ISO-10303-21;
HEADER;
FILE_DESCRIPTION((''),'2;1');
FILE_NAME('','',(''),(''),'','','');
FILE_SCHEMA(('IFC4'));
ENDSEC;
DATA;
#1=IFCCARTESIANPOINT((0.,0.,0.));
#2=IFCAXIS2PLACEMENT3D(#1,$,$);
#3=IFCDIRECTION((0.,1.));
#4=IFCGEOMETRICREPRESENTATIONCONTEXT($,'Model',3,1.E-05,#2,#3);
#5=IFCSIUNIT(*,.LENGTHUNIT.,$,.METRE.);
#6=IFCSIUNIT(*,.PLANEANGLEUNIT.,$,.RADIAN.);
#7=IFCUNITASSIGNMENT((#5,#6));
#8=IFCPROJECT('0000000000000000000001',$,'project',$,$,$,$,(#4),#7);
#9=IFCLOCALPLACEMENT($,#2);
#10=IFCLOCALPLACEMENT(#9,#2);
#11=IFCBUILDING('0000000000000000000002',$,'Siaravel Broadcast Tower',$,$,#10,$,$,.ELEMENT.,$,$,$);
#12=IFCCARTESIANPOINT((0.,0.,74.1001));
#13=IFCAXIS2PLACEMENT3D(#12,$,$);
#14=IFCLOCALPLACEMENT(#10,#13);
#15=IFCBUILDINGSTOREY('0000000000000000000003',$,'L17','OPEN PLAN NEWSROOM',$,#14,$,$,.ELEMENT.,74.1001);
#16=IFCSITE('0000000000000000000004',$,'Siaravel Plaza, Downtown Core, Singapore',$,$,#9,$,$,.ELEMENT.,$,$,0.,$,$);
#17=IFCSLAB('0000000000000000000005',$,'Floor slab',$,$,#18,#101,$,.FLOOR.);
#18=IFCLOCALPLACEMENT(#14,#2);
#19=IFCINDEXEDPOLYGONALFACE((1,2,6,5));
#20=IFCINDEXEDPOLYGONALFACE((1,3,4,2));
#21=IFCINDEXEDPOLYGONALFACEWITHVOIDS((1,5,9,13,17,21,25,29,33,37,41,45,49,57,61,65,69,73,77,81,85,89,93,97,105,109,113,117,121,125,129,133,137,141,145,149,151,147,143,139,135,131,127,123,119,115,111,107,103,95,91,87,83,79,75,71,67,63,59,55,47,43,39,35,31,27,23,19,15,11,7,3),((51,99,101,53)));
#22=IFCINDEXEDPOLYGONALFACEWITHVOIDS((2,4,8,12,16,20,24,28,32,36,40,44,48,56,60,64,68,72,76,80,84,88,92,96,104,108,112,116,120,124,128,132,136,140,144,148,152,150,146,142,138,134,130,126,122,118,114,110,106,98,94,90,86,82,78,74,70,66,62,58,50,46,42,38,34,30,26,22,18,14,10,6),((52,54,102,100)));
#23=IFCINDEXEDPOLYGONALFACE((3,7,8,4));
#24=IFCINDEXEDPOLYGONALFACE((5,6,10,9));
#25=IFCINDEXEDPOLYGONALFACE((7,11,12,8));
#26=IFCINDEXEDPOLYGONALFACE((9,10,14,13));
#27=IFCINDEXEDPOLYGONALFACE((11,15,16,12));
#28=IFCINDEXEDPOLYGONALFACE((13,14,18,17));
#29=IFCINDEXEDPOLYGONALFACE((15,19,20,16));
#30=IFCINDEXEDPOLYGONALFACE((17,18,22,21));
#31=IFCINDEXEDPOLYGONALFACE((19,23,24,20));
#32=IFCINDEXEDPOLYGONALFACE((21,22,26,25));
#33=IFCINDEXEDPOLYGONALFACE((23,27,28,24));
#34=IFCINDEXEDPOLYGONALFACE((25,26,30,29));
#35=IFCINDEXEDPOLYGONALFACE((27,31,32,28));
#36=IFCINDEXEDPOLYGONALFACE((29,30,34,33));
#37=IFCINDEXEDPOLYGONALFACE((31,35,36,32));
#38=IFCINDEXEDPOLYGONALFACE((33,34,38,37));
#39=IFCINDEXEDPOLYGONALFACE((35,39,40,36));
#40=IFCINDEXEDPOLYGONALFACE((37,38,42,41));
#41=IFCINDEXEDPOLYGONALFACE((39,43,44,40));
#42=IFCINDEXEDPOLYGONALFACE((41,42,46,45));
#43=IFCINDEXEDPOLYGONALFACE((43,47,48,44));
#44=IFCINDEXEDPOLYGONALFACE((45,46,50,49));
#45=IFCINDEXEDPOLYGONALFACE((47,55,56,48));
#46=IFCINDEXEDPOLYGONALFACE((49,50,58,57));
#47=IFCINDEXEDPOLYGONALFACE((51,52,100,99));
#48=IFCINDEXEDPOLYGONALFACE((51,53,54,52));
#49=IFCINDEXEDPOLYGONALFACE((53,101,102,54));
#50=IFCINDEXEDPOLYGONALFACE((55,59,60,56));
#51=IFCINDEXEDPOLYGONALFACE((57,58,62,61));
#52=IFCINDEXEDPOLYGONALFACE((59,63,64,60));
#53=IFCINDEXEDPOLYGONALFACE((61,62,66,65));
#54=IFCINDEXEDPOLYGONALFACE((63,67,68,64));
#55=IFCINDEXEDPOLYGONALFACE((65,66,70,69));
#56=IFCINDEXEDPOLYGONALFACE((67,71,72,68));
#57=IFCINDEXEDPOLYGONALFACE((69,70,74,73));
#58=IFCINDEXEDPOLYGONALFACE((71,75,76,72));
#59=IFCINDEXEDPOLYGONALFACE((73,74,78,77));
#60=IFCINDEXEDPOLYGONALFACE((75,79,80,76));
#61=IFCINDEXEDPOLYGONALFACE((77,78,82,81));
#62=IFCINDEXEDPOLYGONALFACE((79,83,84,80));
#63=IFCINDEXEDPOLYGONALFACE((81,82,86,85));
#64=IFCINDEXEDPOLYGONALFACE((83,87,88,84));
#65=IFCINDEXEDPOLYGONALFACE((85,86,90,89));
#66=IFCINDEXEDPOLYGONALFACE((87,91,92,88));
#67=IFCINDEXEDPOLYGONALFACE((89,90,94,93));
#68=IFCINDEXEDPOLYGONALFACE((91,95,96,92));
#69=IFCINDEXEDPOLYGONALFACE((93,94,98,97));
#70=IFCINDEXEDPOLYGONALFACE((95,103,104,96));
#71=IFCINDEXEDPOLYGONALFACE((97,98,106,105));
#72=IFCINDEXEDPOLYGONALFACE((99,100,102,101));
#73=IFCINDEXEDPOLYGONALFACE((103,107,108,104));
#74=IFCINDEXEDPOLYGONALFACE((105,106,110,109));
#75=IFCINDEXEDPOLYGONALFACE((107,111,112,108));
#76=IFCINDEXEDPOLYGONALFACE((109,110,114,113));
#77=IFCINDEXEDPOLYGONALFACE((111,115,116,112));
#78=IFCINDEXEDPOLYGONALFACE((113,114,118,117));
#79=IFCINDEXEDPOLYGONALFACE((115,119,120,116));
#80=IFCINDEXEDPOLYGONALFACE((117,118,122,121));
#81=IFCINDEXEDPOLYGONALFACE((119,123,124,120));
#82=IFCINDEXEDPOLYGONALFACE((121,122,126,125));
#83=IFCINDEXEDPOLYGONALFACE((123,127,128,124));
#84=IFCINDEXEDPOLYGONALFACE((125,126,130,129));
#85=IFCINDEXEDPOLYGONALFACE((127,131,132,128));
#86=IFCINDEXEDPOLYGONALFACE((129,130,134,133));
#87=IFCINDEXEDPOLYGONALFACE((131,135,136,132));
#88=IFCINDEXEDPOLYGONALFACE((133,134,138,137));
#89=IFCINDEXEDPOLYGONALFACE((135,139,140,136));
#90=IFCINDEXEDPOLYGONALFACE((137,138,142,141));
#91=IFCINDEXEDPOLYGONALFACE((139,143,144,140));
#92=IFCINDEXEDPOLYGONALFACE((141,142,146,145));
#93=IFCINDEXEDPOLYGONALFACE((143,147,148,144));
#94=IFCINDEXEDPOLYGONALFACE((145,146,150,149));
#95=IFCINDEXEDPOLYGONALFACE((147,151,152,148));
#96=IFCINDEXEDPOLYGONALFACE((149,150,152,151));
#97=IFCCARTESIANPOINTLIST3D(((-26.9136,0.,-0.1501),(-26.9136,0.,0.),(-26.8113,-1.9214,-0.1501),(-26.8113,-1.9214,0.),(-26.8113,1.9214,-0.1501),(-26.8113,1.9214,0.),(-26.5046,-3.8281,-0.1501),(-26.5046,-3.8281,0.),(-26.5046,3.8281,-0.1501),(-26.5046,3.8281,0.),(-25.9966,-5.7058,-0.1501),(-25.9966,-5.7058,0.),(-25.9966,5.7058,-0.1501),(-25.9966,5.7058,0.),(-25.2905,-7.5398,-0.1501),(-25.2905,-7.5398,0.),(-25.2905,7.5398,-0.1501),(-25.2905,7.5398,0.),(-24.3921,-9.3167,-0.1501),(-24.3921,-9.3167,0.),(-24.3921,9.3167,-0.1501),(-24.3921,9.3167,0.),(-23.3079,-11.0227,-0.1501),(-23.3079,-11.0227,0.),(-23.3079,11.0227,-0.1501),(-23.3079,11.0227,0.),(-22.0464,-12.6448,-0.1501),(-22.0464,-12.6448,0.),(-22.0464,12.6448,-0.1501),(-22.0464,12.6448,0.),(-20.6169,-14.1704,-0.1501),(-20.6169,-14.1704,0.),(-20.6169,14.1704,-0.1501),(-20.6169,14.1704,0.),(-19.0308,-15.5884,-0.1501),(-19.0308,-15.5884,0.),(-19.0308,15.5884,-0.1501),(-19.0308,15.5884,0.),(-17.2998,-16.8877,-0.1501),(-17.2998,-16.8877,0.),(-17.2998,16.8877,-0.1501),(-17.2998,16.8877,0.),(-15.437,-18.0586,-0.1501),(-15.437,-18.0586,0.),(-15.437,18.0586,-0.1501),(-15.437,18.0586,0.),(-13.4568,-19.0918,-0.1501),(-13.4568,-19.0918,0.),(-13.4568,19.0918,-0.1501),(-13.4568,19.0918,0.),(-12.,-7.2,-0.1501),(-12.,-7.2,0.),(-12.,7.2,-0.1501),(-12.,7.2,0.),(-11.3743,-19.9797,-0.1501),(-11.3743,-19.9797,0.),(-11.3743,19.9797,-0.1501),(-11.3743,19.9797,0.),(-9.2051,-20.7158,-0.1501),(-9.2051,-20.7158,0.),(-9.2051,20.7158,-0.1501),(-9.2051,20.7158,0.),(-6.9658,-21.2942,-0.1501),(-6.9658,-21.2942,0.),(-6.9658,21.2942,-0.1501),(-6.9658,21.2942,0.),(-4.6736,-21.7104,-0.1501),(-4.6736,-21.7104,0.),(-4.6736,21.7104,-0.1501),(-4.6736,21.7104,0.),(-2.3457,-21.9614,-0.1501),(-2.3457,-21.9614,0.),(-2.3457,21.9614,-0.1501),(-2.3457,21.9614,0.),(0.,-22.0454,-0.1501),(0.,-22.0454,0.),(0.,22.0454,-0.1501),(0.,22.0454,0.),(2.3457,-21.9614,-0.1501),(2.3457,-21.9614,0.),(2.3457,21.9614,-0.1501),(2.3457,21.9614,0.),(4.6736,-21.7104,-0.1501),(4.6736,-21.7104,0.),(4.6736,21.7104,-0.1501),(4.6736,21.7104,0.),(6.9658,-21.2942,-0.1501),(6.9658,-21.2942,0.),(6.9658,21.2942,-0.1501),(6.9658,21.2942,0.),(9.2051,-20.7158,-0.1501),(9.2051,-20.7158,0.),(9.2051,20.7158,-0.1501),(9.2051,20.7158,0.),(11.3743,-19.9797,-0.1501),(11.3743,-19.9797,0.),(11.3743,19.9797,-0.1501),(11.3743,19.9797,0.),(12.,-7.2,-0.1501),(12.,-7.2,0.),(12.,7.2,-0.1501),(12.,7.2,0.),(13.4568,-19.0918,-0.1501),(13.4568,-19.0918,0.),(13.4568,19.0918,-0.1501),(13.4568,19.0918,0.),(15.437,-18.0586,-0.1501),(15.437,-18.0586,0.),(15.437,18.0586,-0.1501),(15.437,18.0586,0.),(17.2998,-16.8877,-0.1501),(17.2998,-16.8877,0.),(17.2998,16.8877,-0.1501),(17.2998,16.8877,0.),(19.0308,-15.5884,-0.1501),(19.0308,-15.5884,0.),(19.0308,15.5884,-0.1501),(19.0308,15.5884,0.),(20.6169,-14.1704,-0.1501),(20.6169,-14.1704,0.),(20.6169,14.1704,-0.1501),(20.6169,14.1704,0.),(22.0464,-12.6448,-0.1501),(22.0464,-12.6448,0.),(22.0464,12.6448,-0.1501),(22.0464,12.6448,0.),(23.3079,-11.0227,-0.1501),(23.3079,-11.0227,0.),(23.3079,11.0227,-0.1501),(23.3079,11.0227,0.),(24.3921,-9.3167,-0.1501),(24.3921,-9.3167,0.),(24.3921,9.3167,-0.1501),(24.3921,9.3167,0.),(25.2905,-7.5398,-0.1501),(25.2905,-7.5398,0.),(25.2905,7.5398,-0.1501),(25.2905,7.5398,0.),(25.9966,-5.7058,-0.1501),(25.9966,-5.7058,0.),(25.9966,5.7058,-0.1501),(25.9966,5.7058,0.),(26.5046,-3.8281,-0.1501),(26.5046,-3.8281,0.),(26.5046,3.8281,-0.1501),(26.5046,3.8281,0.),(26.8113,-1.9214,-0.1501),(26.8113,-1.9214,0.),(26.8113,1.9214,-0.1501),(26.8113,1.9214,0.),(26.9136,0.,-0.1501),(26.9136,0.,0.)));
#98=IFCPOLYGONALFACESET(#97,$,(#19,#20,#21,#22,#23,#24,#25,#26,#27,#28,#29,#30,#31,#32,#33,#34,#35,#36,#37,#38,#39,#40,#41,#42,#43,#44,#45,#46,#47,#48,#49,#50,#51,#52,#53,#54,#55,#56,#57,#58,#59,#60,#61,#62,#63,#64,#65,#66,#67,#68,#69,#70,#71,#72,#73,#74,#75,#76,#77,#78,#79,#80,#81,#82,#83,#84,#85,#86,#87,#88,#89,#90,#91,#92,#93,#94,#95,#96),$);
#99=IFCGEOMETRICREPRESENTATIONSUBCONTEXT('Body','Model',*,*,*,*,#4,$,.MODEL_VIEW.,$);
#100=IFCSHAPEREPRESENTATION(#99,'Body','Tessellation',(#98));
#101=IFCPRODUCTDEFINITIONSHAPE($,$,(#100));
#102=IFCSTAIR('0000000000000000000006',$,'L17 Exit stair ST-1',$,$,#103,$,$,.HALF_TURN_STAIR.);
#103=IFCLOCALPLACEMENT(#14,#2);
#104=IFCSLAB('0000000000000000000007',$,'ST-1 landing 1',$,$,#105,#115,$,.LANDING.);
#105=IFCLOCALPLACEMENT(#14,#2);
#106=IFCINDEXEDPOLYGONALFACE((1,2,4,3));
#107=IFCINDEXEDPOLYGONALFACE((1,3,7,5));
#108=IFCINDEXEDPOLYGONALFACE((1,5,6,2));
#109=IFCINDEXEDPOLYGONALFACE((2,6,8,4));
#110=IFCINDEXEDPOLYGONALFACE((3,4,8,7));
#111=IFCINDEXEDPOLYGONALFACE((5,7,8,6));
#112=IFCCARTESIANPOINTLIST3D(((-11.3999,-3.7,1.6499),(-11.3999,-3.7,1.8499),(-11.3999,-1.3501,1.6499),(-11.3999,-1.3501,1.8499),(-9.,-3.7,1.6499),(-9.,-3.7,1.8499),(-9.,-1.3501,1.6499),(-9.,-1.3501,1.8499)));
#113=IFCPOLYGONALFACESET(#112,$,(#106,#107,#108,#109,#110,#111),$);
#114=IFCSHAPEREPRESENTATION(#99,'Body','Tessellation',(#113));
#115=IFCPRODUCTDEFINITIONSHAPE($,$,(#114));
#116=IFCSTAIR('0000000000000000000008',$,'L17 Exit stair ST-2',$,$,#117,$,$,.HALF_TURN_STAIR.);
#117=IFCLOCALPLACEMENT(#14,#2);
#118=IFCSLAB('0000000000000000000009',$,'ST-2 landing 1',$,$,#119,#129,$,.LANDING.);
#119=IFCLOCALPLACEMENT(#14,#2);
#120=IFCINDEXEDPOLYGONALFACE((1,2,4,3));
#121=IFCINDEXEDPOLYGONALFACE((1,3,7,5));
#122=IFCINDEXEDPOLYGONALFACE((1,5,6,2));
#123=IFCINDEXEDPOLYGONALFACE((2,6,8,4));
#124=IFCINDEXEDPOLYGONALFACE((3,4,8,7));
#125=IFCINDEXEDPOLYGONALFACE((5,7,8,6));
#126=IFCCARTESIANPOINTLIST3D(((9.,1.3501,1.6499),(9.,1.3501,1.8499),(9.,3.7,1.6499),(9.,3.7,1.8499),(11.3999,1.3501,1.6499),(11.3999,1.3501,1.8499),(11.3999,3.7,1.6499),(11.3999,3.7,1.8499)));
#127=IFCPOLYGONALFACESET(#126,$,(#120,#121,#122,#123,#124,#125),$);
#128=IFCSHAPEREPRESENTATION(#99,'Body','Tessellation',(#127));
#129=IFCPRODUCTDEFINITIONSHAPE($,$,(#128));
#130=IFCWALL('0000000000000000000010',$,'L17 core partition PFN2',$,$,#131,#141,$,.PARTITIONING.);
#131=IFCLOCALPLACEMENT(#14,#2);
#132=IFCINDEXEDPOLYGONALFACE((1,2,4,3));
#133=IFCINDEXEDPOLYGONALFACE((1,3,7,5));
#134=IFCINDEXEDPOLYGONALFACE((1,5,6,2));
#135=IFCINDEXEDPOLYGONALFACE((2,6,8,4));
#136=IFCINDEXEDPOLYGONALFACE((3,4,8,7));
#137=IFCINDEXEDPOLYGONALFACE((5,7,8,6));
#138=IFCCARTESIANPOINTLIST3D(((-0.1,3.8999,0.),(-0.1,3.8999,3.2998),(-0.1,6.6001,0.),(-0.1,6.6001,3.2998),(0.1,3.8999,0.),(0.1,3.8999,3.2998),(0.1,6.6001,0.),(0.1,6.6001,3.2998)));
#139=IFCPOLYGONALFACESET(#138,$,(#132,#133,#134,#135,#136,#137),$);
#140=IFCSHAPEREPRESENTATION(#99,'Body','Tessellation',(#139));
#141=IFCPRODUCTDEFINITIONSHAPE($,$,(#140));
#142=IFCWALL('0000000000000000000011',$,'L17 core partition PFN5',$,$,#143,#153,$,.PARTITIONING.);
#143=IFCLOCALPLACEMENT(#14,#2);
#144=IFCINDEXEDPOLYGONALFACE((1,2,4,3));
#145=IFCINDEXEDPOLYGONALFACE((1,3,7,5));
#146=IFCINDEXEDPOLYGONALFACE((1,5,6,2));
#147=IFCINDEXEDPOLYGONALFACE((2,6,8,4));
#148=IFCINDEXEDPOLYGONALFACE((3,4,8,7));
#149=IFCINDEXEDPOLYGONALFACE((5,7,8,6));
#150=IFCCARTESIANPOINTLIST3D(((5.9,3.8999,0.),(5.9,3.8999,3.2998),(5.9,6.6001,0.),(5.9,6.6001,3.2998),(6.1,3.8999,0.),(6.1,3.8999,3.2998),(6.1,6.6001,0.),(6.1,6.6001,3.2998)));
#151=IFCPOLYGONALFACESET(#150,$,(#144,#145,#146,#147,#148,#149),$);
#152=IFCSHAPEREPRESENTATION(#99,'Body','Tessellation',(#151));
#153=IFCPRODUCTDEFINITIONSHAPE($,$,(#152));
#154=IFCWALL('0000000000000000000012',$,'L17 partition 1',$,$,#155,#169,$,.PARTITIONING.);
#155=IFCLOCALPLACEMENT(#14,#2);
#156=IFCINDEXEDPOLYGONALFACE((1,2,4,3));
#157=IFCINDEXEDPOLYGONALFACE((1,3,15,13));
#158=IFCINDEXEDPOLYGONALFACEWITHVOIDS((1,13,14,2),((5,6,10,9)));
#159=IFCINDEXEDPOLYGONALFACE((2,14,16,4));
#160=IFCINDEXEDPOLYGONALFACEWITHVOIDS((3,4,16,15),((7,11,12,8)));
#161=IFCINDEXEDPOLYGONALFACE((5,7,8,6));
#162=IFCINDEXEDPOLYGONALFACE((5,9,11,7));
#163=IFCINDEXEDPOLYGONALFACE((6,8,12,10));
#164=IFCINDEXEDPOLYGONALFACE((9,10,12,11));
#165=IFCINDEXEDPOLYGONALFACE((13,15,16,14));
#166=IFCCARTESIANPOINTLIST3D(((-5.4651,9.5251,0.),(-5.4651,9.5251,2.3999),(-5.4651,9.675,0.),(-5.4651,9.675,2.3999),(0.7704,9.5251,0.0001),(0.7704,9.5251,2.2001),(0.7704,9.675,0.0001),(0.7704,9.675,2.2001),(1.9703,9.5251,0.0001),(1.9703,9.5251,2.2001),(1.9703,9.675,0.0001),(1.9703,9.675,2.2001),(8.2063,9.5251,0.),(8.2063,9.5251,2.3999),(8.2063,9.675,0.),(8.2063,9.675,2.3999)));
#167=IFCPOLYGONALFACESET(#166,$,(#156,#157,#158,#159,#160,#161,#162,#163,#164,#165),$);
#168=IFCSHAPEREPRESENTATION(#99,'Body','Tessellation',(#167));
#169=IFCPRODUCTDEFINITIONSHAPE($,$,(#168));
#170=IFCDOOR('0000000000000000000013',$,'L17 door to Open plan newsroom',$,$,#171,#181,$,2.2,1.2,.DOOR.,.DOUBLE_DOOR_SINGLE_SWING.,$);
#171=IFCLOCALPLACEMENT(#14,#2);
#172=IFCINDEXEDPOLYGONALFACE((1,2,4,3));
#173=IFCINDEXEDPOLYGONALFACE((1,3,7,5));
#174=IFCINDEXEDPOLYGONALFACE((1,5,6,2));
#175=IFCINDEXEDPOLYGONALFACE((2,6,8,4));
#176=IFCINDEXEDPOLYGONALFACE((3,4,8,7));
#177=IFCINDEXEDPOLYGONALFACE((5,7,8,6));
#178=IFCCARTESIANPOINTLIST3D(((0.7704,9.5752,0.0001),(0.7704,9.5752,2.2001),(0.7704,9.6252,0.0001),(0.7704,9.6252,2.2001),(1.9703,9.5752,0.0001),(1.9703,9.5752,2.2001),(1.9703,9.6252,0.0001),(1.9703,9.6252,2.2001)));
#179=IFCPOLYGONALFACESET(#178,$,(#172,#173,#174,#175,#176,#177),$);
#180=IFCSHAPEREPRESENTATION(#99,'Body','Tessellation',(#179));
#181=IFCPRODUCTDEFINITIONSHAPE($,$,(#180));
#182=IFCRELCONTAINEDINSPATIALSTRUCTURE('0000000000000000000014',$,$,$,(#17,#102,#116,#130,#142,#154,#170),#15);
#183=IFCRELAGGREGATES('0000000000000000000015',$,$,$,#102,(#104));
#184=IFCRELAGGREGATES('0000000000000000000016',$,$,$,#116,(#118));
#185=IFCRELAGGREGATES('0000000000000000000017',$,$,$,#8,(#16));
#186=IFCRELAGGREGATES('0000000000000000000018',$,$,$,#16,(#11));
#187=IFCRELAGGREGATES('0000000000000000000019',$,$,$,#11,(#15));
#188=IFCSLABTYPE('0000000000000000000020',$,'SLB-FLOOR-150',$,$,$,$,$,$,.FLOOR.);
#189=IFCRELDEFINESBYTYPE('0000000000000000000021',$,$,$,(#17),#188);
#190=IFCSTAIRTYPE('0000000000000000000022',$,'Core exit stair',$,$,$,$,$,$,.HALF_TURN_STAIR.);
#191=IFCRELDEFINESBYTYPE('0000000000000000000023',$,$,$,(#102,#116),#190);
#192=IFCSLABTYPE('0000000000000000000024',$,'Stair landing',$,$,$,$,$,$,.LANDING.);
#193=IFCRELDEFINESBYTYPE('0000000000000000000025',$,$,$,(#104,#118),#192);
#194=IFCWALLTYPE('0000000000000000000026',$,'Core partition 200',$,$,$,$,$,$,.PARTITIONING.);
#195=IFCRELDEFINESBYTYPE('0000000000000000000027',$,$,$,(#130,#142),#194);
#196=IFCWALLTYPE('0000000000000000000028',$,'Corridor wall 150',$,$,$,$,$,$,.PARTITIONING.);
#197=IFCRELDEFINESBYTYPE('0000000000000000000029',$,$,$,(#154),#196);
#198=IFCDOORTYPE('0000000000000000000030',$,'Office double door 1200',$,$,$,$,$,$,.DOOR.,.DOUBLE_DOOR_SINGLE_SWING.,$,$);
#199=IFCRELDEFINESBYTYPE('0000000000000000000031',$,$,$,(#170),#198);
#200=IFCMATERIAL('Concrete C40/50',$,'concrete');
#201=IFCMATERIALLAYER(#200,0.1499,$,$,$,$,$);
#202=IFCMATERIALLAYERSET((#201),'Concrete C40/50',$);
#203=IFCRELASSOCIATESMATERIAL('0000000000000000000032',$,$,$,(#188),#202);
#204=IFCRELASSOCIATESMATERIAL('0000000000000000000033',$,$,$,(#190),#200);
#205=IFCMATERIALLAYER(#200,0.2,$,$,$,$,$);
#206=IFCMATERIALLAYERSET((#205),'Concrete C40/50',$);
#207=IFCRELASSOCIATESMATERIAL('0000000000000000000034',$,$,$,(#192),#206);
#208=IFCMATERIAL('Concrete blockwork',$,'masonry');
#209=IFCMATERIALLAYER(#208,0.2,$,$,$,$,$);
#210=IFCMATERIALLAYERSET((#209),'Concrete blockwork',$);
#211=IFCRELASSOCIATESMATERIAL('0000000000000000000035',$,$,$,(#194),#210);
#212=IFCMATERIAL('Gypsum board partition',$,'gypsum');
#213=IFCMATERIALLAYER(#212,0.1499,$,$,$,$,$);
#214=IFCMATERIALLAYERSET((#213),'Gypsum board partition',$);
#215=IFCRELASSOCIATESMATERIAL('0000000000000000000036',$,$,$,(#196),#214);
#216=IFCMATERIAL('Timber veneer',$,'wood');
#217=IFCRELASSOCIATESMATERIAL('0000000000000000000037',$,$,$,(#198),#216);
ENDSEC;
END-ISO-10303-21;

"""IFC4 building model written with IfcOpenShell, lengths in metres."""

from ifc_helpers import new_model, si_unit, direction, frame, frame_2d, origin, place, context, subcontext, project, spatial, polyline, rectangle, outline, extrude, material, layer, layer_set, type_object, element, fill, aggregate, save


model = new_model("IFC4")

# Units and contexts
model_context = context("Model", 3, precision=1e-05, world=origin(), true_north=direction((0.0, 1.0)))
body_context = subcontext(model_context, "Body", "Model", "MODEL_VIEW")
ifc_project = project(units=[si_unit("LENGTHUNIT", "METRE"), si_unit("PLANEANGLEUNIT", "RADIAN")], contexts=[model_context])

# Site, building, storey
site_placement = place(None, origin())
site = spatial("IfcSite", under=ifc_project, at=site_placement, Name="Siaravel Plaza, Downtown Core, Singapore", CompositionType="ELEMENT", RefElevation=0.0)
building_placement = place(site_placement, origin())
building = spatial("IfcBuilding", under=site, at=building_placement, Name="Siaravel Broadcast Tower", CompositionType="ELEMENT")
storey_placement = place(building_placement, frame((0.0, 0.0, 74.1001)))
storey = spatial("IfcBuildingStorey", under=building, at=storey_placement, Name="L17", Description="OPEN PLAN NEWSROOM", CompositionType="ELEMENT", Elevation=74.1001)

# Slab
ifc_material_1 = material(Name="Concrete C40/50", Category="concrete")
ifc_layer_1 = layer(ifc_material_1, 0.1499)
ifc_layer_set_1 = layer_set([ifc_layer_1], Name="Concrete C40/50")
slab_type_1 = type_object("IfcSlabType", Name="SLB-FLOOR-150", PredefinedType="FLOOR", material=ifc_layer_set_1)
slab_1_placement = place(storey_placement, frame((0.0, 0.0, -0.1501)))
element("IfcSlab", 1, at=slab_1_placement, inside=storey, type_object=slab_type_1, Name="Floor slab", PredefinedType="FLOOR", context=body_context, shape_type="SweptSolid", body=[
    extrude(outline(polyline([(26.9136, 0.0), (26.8113, 1.9214), (26.5046, 3.8281), (25.9966, 5.7058), (25.2905, 7.5398), (24.3921, 9.3167), (23.3079, 11.0227), (22.0464, 12.6448), (20.6169, 14.1704), (19.0308, 15.5884), (17.2998, 16.8877), (15.437, 18.0586), (13.4568, 19.0918), (11.3743, 19.9797), (9.2051, 20.7158), (6.9658, 21.2942), (4.6736, 21.7104), (2.3457, 21.9614), (0.0, 22.0454), (-2.3457, 21.9614), (-4.6736, 21.7104), (-6.9658, 21.2942), (-9.2051, 20.7158), (-11.3743, 19.9797), (-13.4568, 19.0918), (-15.437, 18.0586), (-17.2998, 16.8877), (-19.0308, 15.5884), (-20.6169, 14.1704), (-22.0464, 12.6448), (-23.3079, 11.0227), (-24.3921, 9.3167), (-25.2905, 7.5398), (-25.9966, 5.7058), (-26.5046, 3.8281), (-26.8113, 1.9214), (-26.9136, 0.0), (-26.8113, -1.9214), (-26.5046, -3.8281), (-25.9966, -5.7058), (-25.2905, -7.5398), (-24.3921, -9.3167), (-23.3079, -11.0227), (-22.0464, -12.6448), (-20.6169, -14.1704), (-19.0308, -15.5884), (-17.2998, -16.8877), (-15.437, -18.0586), (-13.4568, -19.0918), (-11.3743, -19.9797), (-9.2051, -20.7158), (-6.9658, -21.2942), (-4.6736, -21.7104), (-2.3457, -21.9614), (0.0, -22.0454), (2.3457, -21.9614), (4.6736, -21.7104), (6.9658, -21.2942), (9.2051, -20.7158), (11.3743, -19.9797), (13.4568, -19.0918), (15.437, -18.0586), (17.2998, -16.8877), (19.0308, -15.5884), (20.6169, -14.1704), (22.0464, -12.6448), (23.3079, -11.0227), (24.3921, -9.3167), (25.2905, -7.5398), (25.9966, -5.7058), (26.5046, -3.8281), (26.8113, -1.9214), (26.9136, 0.0)]), holes=[polyline([(-12.0, 7.2), (12.0, 7.2), (12.0, -7.2), (-12.0, -7.2), (-12.0, 7.2)])]), origin(), (0.0, 0.0, 1.0), 0.1501),
])

# Stairs, slabs
stair_type = type_object("IfcStairType", Name="Core exit stair", PredefinedType="HALF_TURN_STAIR", material=ifc_material_1)
stair_1_placement = place(storey_placement, origin())
stair_1 = element("IfcStair", 2, at=stair_1_placement, inside=storey, type_object=stair_type, Name="L17 Exit stair ST-1", PredefinedType="HALF_TURN_STAIR")
ifc_layer_2 = layer(ifc_material_1, 0.2)
ifc_layer_set_2 = layer_set([ifc_layer_2], Name="Concrete C40/50")
slab_type_2 = type_object("IfcSlabType", Name="Stair landing", PredefinedType="LANDING", material=ifc_layer_set_2)
slab_2_placement = place(storey_placement, frame((0.0, 0.0, 1.6499)))
slab_2 = element("IfcSlab", 3, at=slab_2_placement, type_object=slab_type_2, Name="ST-1 landing 1", PredefinedType="LANDING", context=body_context, shape_type="SweptSolid", body=[
    extrude(outline(polyline([(-9.0, -1.3501), (-11.3999, -1.3501), (-11.3999, -3.7), (-9.0, -3.7), (-9.0, -1.3501)])), origin(), (0.0, 0.0, 1.0), 0.2),
])
aggregate(stair_1, [slab_2])
stair_2_placement = place(storey_placement, origin())
stair_2 = element("IfcStair", 4, at=stair_2_placement, inside=storey, type_object=stair_type, Name="L17 Exit stair ST-2", PredefinedType="HALF_TURN_STAIR")
slab_3_placement = place(storey_placement, frame((0.0, 0.0, 1.6499)))
slab_3 = element("IfcSlab", 5, at=slab_3_placement, type_object=slab_type_2, Name="ST-2 landing 1", PredefinedType="LANDING", context=body_context, shape_type="SweptSolid", body=[
    extrude(outline(polyline([(9.0, 1.3501), (11.3999, 1.3501), (11.3999, 3.7), (9.0, 3.7), (9.0, 1.3501)])), origin(), (0.0, 0.0, 1.0), 0.2),
])

# Walls
ifc_material_2 = material(Name="Concrete blockwork", Category="masonry")
ifc_layer_3 = layer(ifc_material_2, 0.2)
ifc_layer_set_3 = layer_set([ifc_layer_3], Name="Concrete blockwork")
wall_type_1 = type_object("IfcWallType", Name="Core partition 200", PredefinedType="PARTITIONING", material=ifc_layer_set_3)
for number, where, z_axis, x_axis, name in (
    (6, (0.0, 3.8999, 0.0), (0.0, 0.0, 1.0), (0.0, 1.0, 0.0), "L17 core partition PFN2"),
    (7, (6.0, 3.8999, 0.0), (0.0, 0.0, 1.0), (0.0, 1.0, 0.0), "L17 core partition PFN5"),
):
    element("IfcWall", number, at=place(storey_placement, frame(where, z_axis=z_axis, x_axis=x_axis)), inside=storey, type_object=wall_type_1, Name=name, PredefinedType="PARTITIONING", context=body_context, shape_type="SweptSolid", body=[
        extrude(rectangle(XDim=2.7002, YDim=0.2, at=frame_2d((1.3501, 0.0))), origin(), (0.0, 0.0, 1.0), 3.2998),
    ])

# Wall, opening, door
ifc_material_3 = material(Name="Gypsum board partition", Category="gypsum")
ifc_layer_4 = layer(ifc_material_3, 0.1499)
ifc_layer_set_4 = layer_set([ifc_layer_4], Name="Gypsum board partition")
wall_type_2 = type_object("IfcWallType", Name="Corridor wall 150", PredefinedType="PARTITIONING", material=ifc_layer_set_4)
wall_1_placement = place(storey_placement, frame((8.2063, 9.6001, 0.0), z_axis=(0.0, 0.0, 1.0), x_axis=(-1.0, 0.0, 0.0)))
wall_1 = element("IfcWall", 8, at=wall_1_placement, inside=storey, type_object=wall_type_2, Name="L17 partition 1", PredefinedType="PARTITIONING", context=body_context, shape_type="SweptSolid", body=[
    extrude(rectangle(XDim=13.6714, YDim=0.1499, at=frame_2d((6.8357, 0.0))), origin(), (0.0, 0.0, 1.0), 2.3999),
])
opening_1_placement = place(wall_1_placement, frame((6.2358, 0.0, 0.0)))
opening_1 = element("IfcOpeningElement", 9, at=opening_1_placement, cuts=wall_1, PredefinedType="OPENING", context=body_context, shape_type="SweptSolid", body=[
    extrude(rectangle(XDim=1.2, YDim=2.2, at=frame_2d((0.6001, 1.1001))), frame((0.0, 0.085, 0.0), z_axis=(0.0, -1.0, 0.0), x_axis=(1.0, 0.0, 0.0)), (0.0, 0.0, 1.0), 0.1699),
])
ifc_material_4 = material(Name="Timber veneer", Category="wood")
door_type_1 = type_object("IfcDoorType", Name="Office double door 1200", OperationType="DOUBLE_DOOR_SINGLE_SWING", PredefinedType="DOOR", material=ifc_material_4)
door_1_placement = place(opening_1_placement, origin())
door_1 = element("IfcDoor", 10, at=door_1_placement, inside=storey, type_object=door_type_1, Name="L17 door to Open plan newsroom", OperationType="DOUBLE_DOOR_SINGLE_SWING", OverallHeight=2.2, OverallWidth=1.2, PredefinedType="DOOR", context=body_context, shape_type="SweptSolid", body=[
    extrude(rectangle(XDim=1.2, YDim=2.2, at=frame_2d((0.6001, 1.1001))), frame((0.0, 0.0249, 0.0), z_axis=(0.0, -1.0, 0.0), x_axis=(1.0, 0.0, 0.0)), (0.0, 0.0, 1.0), 0.05),
])
fill(opening_1, door_1)

aggregate(stair_2, [slab_3])

save(model, "model.ifc")
